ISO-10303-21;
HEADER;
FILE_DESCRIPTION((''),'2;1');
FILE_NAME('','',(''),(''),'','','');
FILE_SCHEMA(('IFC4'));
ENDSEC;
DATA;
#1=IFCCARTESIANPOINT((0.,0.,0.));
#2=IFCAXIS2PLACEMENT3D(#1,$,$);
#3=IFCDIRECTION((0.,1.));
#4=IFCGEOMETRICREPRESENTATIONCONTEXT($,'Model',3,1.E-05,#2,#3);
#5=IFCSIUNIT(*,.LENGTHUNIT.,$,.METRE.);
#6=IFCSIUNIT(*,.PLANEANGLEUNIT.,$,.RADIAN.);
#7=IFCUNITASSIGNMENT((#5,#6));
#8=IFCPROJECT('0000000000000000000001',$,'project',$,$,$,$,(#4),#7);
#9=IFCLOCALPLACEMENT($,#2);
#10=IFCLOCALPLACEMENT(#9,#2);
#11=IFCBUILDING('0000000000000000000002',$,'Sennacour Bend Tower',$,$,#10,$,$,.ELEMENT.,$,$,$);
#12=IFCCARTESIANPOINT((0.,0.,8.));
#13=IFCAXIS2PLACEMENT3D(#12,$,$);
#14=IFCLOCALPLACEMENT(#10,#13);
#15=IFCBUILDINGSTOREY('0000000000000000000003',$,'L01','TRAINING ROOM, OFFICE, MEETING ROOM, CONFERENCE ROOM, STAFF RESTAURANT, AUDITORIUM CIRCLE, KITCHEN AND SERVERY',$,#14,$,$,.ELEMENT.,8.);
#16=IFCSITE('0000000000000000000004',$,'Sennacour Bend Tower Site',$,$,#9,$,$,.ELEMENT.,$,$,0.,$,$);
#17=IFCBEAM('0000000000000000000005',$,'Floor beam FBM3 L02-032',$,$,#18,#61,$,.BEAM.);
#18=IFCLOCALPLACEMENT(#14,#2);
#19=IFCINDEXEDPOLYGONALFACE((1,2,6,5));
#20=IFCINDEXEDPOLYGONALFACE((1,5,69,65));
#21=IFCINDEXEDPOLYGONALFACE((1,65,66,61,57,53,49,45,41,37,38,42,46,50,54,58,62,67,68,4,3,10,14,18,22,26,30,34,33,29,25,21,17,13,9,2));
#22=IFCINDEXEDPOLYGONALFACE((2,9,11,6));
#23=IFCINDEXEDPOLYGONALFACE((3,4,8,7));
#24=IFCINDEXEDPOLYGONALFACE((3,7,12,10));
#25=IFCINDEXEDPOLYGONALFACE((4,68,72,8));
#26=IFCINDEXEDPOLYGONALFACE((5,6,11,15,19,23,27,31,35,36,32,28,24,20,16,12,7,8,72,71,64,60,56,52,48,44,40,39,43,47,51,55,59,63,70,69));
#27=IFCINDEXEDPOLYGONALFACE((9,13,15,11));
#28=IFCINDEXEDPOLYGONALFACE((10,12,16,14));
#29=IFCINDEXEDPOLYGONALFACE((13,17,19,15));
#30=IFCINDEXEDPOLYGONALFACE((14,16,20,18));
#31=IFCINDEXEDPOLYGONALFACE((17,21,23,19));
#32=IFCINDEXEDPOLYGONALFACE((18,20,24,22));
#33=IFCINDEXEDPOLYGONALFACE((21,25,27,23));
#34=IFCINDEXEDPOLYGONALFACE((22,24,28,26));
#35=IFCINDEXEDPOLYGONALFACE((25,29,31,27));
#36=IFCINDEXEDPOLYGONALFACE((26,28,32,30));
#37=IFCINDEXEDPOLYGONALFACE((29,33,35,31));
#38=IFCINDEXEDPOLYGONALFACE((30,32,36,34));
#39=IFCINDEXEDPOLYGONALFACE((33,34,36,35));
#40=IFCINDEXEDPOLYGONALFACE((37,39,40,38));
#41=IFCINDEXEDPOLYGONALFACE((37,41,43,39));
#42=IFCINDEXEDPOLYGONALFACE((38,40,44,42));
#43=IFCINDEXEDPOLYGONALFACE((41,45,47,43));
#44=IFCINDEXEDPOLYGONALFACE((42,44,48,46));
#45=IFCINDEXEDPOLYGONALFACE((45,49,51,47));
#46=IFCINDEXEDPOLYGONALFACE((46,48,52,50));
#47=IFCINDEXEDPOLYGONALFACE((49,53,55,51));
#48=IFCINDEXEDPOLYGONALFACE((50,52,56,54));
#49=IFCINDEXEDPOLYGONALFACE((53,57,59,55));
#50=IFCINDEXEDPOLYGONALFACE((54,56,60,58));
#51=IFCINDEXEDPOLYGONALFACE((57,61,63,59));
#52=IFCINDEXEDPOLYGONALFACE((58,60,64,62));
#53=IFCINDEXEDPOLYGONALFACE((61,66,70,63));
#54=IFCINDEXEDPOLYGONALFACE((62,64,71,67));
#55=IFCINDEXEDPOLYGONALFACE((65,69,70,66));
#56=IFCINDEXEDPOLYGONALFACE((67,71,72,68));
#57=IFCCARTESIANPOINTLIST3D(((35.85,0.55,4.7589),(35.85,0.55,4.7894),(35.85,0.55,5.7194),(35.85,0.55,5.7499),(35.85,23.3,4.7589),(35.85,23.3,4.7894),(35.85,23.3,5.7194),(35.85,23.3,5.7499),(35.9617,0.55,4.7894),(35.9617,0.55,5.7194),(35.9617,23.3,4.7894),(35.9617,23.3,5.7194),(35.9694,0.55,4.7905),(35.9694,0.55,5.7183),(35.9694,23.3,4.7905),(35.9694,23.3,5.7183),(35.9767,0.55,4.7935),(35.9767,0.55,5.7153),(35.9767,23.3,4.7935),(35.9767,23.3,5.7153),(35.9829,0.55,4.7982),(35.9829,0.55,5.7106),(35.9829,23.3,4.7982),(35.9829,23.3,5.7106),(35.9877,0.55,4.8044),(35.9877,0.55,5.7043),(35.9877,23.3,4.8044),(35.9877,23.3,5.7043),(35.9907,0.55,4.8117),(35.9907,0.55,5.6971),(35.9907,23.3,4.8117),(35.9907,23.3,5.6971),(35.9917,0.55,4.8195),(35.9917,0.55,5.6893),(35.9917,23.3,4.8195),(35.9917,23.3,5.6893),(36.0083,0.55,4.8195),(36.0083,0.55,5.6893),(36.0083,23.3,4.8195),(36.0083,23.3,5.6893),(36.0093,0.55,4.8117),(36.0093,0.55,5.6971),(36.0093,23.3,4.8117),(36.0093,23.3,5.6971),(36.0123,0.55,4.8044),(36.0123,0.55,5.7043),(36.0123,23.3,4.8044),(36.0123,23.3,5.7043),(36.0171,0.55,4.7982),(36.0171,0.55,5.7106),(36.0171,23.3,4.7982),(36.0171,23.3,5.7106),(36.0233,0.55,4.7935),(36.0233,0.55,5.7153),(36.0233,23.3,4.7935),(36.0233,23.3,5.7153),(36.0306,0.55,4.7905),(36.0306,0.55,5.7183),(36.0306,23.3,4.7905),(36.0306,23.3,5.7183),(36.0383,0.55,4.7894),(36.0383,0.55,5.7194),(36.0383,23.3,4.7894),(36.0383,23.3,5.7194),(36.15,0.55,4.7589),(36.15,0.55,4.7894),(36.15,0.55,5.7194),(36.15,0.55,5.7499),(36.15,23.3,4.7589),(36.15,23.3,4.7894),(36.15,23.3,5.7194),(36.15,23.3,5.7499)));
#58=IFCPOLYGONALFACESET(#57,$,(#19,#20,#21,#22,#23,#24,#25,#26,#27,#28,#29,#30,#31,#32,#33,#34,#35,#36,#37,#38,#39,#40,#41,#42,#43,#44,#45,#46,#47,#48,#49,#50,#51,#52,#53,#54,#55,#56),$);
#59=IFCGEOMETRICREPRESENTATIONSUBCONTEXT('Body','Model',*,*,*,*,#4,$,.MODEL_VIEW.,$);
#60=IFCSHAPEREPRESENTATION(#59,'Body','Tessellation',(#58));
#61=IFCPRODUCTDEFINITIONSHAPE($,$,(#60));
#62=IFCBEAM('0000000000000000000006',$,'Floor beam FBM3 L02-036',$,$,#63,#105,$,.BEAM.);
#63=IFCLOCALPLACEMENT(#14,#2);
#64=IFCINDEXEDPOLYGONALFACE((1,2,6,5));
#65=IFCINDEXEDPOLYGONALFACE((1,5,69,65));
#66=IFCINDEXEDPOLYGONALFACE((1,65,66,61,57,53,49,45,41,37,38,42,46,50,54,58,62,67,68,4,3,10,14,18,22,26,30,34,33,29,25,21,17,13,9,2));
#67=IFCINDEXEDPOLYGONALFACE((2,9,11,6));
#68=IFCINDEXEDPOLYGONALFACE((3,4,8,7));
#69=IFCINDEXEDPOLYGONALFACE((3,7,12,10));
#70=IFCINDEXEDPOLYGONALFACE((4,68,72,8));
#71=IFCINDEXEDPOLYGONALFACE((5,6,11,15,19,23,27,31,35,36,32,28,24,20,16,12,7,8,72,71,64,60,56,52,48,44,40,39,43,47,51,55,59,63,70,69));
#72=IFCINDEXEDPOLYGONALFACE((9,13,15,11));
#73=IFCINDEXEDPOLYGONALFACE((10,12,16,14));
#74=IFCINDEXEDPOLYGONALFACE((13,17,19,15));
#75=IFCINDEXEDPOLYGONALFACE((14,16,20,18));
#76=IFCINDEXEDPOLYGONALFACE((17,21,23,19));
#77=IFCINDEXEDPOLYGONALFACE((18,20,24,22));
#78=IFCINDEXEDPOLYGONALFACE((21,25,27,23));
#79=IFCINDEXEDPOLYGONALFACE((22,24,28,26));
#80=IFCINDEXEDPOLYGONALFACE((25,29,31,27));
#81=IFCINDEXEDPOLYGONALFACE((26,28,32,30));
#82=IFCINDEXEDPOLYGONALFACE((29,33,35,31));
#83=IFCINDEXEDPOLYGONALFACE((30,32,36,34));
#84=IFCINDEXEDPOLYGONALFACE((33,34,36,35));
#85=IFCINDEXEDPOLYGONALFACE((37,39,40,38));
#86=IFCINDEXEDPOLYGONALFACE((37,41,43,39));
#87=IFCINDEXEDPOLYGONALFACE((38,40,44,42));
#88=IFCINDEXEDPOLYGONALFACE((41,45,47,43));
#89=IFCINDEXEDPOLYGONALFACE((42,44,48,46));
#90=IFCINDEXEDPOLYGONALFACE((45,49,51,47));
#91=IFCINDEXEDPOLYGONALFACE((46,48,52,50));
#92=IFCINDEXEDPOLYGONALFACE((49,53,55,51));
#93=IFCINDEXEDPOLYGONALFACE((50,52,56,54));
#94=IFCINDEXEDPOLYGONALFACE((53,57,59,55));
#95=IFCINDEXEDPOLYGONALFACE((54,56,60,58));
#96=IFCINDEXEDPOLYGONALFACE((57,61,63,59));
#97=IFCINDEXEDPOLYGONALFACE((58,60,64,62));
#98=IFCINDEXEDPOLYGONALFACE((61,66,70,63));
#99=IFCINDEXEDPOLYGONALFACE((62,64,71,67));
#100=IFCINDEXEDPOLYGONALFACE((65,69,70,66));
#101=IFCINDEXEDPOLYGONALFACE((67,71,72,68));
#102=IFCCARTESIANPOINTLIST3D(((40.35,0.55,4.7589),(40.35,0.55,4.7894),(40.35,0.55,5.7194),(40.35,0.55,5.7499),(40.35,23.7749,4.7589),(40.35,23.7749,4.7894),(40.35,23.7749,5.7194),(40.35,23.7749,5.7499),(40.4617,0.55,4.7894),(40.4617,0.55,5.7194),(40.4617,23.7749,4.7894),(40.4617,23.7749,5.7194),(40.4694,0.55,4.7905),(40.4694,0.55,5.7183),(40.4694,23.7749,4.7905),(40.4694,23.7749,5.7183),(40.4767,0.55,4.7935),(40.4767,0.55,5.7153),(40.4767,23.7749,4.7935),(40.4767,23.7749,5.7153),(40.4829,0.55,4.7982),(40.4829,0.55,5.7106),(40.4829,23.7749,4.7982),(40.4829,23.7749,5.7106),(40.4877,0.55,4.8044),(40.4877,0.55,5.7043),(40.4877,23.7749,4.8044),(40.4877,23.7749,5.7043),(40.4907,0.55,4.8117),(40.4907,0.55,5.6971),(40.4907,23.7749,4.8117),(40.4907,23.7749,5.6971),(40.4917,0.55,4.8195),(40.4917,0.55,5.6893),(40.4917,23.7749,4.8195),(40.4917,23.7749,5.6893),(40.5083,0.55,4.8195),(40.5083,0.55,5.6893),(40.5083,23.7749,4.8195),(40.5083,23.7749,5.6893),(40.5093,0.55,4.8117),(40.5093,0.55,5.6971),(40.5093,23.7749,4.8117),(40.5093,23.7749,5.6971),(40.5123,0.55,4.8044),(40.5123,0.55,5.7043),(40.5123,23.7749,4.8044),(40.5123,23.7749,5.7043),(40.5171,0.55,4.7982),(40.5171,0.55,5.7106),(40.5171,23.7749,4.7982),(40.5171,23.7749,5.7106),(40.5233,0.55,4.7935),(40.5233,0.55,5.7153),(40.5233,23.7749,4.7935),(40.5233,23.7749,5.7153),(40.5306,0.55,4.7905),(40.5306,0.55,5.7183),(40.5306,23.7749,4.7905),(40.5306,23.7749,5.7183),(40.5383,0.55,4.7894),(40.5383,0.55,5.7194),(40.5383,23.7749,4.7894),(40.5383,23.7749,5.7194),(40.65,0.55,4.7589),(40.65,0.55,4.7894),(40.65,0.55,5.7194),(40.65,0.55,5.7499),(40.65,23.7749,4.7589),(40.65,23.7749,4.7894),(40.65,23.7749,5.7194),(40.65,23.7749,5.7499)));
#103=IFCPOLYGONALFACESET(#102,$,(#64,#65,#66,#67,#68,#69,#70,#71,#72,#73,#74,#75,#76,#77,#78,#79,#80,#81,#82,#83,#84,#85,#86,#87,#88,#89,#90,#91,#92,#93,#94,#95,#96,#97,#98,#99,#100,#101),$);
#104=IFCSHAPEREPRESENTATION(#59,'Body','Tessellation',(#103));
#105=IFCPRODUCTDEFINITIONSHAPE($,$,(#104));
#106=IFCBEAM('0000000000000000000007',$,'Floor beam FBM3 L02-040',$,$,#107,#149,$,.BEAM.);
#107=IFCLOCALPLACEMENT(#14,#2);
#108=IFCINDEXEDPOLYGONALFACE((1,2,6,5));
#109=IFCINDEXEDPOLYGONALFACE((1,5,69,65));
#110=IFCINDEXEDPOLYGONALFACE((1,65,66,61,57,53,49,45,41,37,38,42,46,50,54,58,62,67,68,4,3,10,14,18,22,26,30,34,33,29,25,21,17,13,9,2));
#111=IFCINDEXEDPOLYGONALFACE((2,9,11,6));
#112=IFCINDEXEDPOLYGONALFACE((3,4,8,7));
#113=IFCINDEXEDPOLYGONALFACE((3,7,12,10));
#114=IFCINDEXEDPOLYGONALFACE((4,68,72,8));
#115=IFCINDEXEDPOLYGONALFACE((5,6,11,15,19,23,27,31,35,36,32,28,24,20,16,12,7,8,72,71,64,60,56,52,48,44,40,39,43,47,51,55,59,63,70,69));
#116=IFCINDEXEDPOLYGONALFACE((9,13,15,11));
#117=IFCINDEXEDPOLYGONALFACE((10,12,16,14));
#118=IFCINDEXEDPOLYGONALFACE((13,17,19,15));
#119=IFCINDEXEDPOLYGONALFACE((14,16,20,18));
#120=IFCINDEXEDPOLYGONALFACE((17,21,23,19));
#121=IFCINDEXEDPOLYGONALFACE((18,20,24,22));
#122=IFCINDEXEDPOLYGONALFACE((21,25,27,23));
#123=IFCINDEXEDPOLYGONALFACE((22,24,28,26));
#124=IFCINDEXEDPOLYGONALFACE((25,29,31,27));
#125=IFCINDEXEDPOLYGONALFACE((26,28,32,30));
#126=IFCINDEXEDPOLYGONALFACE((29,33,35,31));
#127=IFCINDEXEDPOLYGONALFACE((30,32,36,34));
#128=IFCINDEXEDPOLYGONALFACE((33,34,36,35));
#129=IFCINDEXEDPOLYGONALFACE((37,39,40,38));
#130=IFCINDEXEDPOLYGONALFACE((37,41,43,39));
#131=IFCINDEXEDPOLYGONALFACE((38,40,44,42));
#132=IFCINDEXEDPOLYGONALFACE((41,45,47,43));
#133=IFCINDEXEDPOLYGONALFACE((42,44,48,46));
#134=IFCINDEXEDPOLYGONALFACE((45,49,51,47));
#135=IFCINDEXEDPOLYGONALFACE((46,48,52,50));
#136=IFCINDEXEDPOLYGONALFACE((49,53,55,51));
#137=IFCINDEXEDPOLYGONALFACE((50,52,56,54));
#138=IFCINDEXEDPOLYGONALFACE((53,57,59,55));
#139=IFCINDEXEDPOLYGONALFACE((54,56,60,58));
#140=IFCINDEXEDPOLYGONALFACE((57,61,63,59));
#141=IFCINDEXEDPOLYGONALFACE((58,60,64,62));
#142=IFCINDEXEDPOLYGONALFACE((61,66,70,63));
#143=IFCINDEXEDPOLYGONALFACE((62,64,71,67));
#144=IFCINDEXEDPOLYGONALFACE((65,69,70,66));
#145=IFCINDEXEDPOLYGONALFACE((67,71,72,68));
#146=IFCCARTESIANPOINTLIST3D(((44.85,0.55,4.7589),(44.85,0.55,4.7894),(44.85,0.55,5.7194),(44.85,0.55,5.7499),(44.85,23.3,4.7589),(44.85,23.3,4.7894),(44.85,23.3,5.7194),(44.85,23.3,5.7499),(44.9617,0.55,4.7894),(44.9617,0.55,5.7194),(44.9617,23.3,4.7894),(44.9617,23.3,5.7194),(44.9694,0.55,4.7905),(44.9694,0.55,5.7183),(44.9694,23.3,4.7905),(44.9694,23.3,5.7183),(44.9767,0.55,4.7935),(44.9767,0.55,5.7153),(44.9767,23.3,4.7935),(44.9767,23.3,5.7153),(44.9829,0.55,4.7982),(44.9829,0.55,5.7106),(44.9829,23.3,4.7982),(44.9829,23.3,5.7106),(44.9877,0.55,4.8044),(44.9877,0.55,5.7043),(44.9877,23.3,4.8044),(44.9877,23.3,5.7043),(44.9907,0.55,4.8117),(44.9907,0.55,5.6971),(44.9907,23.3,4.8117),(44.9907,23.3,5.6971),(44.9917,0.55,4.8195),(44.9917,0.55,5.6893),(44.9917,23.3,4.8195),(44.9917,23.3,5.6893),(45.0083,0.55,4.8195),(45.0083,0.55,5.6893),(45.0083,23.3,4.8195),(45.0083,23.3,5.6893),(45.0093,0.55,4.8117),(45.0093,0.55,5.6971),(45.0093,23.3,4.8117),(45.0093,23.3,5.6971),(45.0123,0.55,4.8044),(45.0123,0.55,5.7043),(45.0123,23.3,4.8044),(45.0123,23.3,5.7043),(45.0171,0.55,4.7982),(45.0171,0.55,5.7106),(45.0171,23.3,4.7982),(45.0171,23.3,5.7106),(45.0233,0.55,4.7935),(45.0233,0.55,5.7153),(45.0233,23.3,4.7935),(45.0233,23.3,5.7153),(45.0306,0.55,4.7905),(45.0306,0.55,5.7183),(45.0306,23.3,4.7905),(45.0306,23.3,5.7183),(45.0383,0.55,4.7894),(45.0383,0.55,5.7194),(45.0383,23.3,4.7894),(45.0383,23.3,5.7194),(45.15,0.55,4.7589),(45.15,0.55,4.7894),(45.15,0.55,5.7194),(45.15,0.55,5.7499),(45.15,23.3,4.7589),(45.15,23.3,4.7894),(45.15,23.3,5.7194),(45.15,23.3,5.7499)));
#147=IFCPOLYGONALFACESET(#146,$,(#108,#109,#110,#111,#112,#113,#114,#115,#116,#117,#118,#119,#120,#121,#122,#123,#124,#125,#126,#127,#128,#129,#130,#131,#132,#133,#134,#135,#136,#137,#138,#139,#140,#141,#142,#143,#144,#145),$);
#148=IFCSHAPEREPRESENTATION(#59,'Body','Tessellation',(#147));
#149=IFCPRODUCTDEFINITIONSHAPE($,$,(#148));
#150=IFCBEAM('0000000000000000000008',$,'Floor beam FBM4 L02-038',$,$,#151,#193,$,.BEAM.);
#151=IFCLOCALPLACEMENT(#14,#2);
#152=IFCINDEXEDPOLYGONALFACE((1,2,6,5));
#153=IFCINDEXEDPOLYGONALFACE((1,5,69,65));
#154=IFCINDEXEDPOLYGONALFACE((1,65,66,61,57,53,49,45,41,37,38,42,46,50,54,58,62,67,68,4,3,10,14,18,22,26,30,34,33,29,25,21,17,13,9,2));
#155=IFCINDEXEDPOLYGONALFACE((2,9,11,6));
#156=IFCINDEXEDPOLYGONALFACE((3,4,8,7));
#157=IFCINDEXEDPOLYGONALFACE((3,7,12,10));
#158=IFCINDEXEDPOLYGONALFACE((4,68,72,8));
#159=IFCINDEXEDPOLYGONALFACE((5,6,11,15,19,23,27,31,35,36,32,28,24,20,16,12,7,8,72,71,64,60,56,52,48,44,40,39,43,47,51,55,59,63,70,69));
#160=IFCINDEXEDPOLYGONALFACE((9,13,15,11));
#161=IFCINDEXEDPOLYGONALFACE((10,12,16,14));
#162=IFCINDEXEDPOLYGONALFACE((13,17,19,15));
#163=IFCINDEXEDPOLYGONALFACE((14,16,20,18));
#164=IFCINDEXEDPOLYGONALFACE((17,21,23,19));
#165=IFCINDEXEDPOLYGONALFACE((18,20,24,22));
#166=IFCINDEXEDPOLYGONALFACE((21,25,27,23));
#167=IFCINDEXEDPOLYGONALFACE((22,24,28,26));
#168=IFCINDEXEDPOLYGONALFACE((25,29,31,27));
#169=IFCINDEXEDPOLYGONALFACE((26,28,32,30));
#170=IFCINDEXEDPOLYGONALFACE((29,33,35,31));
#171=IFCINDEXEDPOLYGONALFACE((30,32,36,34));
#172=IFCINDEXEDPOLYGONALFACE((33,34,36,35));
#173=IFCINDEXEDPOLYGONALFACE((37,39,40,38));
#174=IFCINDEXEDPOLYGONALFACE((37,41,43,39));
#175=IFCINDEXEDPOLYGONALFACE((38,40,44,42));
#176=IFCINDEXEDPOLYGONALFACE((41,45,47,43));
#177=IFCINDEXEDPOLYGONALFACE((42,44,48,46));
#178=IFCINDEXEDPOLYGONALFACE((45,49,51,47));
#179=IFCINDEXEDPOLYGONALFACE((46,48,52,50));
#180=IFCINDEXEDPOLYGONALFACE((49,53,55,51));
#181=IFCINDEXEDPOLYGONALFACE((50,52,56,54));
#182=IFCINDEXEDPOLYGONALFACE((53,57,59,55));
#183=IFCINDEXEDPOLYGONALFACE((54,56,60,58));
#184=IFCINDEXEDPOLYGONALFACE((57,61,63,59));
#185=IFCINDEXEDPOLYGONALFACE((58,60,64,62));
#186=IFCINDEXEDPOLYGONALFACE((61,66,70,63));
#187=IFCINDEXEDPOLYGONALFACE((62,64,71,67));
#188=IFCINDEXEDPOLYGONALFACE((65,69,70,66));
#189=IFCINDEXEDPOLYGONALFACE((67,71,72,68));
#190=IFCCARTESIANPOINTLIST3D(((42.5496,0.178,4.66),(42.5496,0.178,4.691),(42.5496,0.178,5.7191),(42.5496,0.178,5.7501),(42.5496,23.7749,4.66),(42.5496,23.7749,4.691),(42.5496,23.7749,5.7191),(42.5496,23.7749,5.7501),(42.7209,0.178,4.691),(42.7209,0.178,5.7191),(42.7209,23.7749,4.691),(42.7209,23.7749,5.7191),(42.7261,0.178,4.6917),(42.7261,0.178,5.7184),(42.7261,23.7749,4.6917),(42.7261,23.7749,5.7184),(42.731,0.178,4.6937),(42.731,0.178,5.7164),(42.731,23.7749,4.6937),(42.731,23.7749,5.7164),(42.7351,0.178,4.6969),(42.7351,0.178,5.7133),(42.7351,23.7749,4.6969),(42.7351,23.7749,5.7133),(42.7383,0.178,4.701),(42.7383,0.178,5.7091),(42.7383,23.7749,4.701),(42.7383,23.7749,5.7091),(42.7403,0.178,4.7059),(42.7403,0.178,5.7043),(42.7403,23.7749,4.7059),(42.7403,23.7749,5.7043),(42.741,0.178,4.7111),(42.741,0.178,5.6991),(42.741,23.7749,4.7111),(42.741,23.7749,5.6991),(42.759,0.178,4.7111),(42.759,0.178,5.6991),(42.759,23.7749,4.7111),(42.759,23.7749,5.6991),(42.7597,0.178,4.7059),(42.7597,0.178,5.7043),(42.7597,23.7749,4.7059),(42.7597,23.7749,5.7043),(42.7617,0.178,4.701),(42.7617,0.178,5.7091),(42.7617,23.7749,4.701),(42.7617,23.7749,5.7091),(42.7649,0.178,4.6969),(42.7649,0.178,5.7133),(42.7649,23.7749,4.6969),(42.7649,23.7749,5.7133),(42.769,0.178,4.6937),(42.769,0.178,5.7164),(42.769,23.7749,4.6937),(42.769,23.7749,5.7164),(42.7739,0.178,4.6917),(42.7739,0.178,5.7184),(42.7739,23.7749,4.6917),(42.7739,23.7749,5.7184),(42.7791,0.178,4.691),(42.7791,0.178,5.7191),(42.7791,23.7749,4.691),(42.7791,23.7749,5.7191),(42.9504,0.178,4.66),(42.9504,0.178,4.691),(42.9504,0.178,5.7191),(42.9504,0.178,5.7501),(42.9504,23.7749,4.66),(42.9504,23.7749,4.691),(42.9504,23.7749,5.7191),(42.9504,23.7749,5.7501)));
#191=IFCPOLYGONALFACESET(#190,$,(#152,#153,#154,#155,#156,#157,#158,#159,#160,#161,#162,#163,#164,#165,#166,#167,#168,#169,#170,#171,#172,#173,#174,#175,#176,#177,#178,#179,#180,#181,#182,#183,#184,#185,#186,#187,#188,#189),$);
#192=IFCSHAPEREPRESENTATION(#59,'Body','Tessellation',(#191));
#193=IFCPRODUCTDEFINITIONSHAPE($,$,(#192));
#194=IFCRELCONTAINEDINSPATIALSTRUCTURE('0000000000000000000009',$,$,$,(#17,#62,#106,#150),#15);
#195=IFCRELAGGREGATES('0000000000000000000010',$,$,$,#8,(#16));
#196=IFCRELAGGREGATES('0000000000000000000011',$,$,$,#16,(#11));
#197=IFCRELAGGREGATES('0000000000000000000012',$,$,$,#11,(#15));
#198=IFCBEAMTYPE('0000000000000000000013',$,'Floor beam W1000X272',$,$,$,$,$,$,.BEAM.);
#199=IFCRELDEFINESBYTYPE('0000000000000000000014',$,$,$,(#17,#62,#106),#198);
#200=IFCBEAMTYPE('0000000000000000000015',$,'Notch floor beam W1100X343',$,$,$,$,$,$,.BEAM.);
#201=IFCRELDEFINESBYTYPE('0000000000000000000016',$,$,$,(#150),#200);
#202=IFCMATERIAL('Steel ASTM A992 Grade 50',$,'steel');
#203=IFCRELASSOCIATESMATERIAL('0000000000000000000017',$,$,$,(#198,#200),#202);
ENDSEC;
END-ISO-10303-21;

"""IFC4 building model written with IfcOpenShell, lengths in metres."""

from ifc_helpers import new_model, si_unit, direction, frame, origin, origin_2d, place, context, subcontext, project, spatial, i_section, extrude, material, material_profile, profile_set, type_object, element, save


model = new_model("IFC4")

# Units and contexts
model_context = context("Model", 3, precision=1e-05, world=origin(), true_north=direction((0.0, 1.0)))
body_context = subcontext(model_context, "Body", "Model", "MODEL_VIEW")
ifc_project = project(units=[si_unit("LENGTHUNIT", "METRE"), si_unit("PLANEANGLEUNIT", "RADIAN")], contexts=[model_context])

# Site, building, storey
site_placement = place(None, origin())
site = spatial("IfcSite", under=ifc_project, at=site_placement, Name="Sennacour Bend Tower Site", CompositionType="ELEMENT", RefElevation=0.0)
building_placement = place(site_placement, origin())
building = spatial("IfcBuilding", under=site, at=building_placement, Name="Sennacour Bend Tower", CompositionType="ELEMENT")
storey_placement = place(building_placement, frame((0.0, 0.0, 8.0)))
storey = spatial("IfcBuildingStorey", under=building, at=storey_placement, Name="L01", Description="TRAINING ROOM, OFFICE, MEETING ROOM, CONFERENCE ROOM, STAFF RESTAURANT, AUDITORIUM CIRCLE, KITCHEN AND SERVERY", CompositionType="ELEMENT", Elevation=8.0)

# Beams
ifc_material_1 = material(Name="Steel ASTM A992 Grade 50", Category="steel")
ifc_material_profile_1 = material_profile(ifc_material_1, i_section(OverallWidth=0.3, OverallDepth=0.991, WebThickness=0.0166, FlangeThickness=0.0305, FilletRadius=0.03, at=origin_2d()), Name="Steel ASTM A992 Grade 50", Category="steel")
ifc_profile_set_1 = profile_set([ifc_material_profile_1], Name="Steel ASTM A992 Grade 50")
beam_type_1 = type_object("IfcBeamType", Name="Floor beam W1000X272", PredefinedType="BEAM", material=ifc_profile_set_1)
beam_1_placement = place(storey_placement, frame((36.0, 0.55, 5.2544), z_axis=(0.0, 1.0, 0.0), x_axis=(-1.0, 0.0, 0.0)))
element("IfcBeam", 1, at=beam_1_placement, inside=storey, type_object=beam_type_1, Name="Floor beam FBM3 L02-032", PredefinedType="BEAM", context=body_context, shape_type="SweptSolid", body=[
    extrude(i_section(OverallWidth=0.3, OverallDepth=0.991, WebThickness=0.0166, FlangeThickness=0.0305, FilletRadius=0.03, at=origin_2d()), origin(), (0.0, 0.0, 1.0), 22.75),
])
beam_2_placement = place(storey_placement, frame((40.5, 0.55, 5.2544), z_axis=(0.0, 1.0, 0.0), x_axis=(-1.0, 0.0, 0.0)))
element("IfcBeam", 2, at=beam_2_placement, inside=storey, type_object=beam_type_1, Name="Floor beam FBM3 L02-036", PredefinedType="BEAM", context=body_context, shape_type="SweptSolid", body=[
    extrude(i_section(OverallWidth=0.3, OverallDepth=0.991, WebThickness=0.0166, FlangeThickness=0.0305, FilletRadius=0.03, at=origin_2d()), origin(), (0.0, 0.0, 1.0), 23.2249),
])
beam_3_placement = place(storey_placement, frame((45.0, 0.55, 5.2544), z_axis=(0.0, 1.0, 0.0), x_axis=(-1.0, 0.0, 0.0)))
element("IfcBeam", 3, at=beam_3_placement, inside=storey, type_object=beam_type_1, Name="Floor beam FBM3 L02-040", PredefinedType="BEAM", context=body_context, shape_type="SweptSolid", body=[
    extrude(i_section(OverallWidth=0.3, OverallDepth=0.991, WebThickness=0.0166, FlangeThickness=0.0305, FilletRadius=0.03, at=origin_2d()), origin(), (0.0, 0.0, 1.0), 22.75),
])
ifc_material_profile_2 = material_profile(ifc_material_1, i_section(OverallWidth=0.4009, OverallDepth=1.0901, WebThickness=0.0181, FlangeThickness=0.031, FilletRadius=0.02, at=origin_2d()), Name="Steel ASTM A992 Grade 50", Category="steel")
ifc_profile_set_2 = profile_set([ifc_material_profile_2], Name="Steel ASTM A992 Grade 50")
beam_type_2 = type_object("IfcBeamType", Name="Notch floor beam W1100X343", PredefinedType="BEAM", material=ifc_profile_set_2)
beam_4_placement = place(storey_placement, frame((42.75, 0.178, 5.2051), z_axis=(0.0, 1.0, 0.0), x_axis=(-1.0, 0.0, 0.0)))
element("IfcBeam", 4, at=beam_4_placement, inside=storey, type_object=beam_type_2, Name="Floor beam FBM4 L02-038", PredefinedType="BEAM", context=body_context, shape_type="SweptSolid", body=[
    extrude(i_section(OverallWidth=0.4009, OverallDepth=1.0901, WebThickness=0.0181, FlangeThickness=0.031, FilletRadius=0.02, at=origin_2d()), origin(), (0.0, 0.0, 1.0), 23.5969),
])

save(model, "model.ifc")
